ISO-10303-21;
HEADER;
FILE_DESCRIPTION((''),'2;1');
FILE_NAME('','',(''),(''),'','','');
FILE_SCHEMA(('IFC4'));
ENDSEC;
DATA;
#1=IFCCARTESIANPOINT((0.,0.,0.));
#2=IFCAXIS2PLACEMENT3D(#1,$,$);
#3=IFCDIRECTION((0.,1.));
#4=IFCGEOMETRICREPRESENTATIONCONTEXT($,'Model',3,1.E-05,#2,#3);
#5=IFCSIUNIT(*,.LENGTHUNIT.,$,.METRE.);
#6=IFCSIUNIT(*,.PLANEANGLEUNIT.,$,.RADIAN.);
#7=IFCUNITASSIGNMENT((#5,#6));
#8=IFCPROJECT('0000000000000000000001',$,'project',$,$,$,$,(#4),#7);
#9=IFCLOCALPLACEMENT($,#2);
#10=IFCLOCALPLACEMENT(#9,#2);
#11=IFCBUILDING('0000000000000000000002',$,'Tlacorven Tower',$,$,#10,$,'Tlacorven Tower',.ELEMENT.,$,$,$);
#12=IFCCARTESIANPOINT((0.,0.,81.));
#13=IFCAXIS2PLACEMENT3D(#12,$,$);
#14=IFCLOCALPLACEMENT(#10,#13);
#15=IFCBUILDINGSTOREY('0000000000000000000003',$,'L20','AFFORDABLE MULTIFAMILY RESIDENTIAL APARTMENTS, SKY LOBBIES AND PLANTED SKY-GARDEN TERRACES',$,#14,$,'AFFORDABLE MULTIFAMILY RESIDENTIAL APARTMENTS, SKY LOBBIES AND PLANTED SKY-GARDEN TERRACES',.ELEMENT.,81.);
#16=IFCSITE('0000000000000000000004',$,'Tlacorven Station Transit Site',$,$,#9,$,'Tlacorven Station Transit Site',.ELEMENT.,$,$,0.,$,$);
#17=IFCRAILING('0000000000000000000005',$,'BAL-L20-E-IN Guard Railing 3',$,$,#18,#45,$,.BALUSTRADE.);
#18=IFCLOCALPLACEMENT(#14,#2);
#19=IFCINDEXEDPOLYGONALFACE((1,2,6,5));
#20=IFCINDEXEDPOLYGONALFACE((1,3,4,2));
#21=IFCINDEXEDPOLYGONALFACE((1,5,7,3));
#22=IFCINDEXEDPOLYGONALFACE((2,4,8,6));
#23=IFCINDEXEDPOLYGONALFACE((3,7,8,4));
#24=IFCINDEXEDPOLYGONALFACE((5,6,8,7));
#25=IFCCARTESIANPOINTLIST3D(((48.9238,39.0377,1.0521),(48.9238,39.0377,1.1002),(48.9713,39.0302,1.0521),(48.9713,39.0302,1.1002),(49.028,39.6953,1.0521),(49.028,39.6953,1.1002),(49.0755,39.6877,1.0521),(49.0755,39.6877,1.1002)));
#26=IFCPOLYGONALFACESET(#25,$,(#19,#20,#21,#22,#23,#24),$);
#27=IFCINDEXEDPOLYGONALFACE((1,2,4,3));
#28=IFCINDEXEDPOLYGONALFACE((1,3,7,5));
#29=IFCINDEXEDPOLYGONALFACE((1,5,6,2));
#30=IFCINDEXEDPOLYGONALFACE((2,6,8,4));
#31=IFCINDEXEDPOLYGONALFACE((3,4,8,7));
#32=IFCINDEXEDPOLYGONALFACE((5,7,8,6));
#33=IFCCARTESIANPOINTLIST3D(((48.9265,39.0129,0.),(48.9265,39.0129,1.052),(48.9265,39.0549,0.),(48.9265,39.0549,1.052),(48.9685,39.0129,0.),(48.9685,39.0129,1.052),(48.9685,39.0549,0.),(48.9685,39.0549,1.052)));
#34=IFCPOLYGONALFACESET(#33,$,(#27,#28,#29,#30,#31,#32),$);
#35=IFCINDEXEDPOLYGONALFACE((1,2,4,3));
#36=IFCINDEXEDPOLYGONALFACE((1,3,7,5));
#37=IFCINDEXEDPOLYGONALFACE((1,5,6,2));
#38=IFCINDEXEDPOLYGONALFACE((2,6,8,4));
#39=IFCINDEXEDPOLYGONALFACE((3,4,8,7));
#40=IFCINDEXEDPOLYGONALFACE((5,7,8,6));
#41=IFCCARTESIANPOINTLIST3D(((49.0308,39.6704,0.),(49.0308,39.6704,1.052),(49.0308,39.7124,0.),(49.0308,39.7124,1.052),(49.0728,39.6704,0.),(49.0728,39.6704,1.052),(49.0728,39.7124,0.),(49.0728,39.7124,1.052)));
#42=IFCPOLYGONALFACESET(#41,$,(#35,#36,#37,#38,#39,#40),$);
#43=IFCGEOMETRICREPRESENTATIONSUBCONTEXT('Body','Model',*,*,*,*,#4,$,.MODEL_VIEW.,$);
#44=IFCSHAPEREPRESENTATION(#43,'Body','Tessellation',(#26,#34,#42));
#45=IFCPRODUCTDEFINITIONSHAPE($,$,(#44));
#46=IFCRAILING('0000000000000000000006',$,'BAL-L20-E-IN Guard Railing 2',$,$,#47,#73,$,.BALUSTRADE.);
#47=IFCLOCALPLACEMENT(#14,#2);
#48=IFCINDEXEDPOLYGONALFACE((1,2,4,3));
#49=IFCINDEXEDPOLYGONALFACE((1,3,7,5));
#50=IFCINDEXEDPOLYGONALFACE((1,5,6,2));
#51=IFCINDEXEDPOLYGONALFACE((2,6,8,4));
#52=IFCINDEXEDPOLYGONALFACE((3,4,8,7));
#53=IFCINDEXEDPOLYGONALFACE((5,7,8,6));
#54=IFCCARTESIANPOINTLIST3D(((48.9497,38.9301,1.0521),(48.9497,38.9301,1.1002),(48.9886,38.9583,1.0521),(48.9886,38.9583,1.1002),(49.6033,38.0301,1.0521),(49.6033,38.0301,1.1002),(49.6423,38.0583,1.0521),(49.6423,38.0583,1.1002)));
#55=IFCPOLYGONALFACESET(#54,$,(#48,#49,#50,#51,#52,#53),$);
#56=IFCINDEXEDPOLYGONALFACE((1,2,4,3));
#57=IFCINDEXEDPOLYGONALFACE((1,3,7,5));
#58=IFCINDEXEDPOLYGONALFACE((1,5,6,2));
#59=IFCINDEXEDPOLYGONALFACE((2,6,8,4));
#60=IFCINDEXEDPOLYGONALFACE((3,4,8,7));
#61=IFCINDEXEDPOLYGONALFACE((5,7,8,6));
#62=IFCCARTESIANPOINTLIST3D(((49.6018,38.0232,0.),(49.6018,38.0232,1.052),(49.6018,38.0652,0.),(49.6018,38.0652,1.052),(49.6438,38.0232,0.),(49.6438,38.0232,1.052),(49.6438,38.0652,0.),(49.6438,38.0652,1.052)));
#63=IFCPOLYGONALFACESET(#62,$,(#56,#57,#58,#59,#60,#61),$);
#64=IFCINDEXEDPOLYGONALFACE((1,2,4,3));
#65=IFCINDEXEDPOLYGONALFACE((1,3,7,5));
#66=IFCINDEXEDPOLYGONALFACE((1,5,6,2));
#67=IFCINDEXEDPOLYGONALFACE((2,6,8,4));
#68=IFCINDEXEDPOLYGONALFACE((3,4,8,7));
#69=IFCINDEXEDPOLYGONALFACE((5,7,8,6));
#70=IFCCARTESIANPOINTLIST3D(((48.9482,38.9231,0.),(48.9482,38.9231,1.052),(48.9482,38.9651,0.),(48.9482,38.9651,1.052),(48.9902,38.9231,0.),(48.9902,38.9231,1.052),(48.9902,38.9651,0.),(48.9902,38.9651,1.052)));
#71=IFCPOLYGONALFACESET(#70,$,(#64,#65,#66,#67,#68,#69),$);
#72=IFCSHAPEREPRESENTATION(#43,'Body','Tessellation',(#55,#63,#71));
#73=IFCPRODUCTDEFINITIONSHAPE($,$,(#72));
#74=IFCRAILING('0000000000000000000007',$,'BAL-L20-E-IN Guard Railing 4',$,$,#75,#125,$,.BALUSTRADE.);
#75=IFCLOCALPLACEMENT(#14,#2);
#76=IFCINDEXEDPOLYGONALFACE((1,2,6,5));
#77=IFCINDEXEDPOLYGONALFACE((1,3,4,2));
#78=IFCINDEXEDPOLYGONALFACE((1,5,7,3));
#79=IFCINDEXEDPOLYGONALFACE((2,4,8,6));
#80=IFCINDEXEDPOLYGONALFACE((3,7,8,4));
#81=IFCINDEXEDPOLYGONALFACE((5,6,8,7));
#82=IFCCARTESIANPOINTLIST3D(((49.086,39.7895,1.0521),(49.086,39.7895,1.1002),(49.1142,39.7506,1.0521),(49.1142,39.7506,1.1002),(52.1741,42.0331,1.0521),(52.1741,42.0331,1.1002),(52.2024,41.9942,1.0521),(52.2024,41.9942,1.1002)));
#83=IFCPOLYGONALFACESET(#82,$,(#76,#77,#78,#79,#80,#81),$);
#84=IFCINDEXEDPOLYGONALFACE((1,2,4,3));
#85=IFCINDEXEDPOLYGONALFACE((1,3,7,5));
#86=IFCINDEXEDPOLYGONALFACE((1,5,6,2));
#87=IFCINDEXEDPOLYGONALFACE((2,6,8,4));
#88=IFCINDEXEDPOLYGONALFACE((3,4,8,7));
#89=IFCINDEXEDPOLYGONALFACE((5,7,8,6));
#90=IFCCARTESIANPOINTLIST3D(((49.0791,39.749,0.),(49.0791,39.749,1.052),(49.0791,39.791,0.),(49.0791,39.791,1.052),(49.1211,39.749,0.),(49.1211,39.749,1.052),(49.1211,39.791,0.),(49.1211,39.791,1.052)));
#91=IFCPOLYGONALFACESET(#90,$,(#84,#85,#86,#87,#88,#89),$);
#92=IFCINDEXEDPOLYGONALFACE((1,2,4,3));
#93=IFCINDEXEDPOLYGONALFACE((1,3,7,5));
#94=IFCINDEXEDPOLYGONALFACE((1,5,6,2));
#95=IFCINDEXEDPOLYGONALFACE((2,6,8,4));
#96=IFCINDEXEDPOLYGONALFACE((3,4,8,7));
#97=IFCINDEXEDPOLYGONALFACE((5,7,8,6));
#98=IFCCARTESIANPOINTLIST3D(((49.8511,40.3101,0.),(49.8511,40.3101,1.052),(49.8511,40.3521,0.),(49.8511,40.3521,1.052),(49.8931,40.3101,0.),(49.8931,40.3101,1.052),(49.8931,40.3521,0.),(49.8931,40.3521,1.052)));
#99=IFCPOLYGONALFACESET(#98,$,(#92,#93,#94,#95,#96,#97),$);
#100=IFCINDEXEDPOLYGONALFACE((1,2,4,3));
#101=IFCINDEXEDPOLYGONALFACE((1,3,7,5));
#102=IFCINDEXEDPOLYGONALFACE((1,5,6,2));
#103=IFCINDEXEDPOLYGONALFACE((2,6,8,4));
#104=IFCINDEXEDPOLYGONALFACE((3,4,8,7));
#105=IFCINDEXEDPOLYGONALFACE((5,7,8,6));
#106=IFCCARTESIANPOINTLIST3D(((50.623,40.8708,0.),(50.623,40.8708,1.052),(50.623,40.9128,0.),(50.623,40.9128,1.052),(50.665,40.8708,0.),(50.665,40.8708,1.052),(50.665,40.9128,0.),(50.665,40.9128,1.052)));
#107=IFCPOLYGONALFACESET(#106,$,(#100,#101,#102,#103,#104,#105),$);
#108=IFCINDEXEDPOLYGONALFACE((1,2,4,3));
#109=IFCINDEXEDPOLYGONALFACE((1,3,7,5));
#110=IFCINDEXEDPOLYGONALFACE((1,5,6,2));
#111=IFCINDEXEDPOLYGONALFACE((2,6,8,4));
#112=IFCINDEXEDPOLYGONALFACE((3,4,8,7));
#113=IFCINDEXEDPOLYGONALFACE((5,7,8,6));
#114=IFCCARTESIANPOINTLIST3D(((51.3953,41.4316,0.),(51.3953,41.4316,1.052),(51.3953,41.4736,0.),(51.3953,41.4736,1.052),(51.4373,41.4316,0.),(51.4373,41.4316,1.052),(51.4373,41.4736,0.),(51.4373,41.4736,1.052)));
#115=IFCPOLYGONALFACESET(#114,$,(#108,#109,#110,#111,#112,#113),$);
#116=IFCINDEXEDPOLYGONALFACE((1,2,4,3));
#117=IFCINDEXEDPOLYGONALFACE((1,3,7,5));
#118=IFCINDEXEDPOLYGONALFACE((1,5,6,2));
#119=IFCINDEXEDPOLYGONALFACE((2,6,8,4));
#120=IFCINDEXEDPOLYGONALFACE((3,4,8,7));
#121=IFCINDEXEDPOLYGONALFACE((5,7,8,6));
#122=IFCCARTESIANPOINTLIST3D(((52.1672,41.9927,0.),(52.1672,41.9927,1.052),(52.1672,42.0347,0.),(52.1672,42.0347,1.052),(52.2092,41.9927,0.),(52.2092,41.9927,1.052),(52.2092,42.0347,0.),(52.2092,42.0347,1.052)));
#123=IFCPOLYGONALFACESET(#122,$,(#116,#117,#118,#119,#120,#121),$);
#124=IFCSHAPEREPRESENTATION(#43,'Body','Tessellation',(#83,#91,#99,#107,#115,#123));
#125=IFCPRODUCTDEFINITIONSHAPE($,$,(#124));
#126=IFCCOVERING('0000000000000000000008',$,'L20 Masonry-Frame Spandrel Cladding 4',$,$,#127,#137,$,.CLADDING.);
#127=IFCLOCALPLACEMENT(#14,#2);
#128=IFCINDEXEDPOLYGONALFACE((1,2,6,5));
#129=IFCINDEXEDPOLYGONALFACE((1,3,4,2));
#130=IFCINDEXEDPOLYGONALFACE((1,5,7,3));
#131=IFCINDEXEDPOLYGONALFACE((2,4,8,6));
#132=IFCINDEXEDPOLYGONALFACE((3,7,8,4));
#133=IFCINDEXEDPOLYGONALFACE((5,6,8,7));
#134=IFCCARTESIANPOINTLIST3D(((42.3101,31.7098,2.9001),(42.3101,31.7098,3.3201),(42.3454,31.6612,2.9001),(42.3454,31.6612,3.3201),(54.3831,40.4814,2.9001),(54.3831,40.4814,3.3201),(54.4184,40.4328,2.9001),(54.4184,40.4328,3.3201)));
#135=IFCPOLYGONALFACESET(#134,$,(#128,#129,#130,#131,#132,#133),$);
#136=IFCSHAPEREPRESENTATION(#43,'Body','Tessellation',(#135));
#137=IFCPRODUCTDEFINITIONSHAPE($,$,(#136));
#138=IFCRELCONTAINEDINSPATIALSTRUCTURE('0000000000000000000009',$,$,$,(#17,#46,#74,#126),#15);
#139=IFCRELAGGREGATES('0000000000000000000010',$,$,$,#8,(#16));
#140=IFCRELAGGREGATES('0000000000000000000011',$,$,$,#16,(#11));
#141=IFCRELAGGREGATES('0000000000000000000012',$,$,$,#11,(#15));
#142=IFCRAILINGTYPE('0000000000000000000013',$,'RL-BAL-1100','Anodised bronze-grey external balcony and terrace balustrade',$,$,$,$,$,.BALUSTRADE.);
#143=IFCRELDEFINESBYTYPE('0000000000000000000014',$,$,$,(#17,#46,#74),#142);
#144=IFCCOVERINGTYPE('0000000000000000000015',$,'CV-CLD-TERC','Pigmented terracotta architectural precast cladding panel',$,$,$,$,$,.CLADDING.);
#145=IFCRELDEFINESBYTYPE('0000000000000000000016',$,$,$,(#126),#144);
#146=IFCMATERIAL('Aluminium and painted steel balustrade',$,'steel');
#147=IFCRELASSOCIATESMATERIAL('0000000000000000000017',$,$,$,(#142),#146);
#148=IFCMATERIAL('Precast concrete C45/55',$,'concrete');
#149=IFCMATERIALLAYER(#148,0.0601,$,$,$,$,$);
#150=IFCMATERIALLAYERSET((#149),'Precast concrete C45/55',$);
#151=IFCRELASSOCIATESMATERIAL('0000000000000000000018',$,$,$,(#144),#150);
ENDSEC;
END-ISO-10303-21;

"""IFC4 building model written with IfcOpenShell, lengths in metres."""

from ifc_helpers import new_model, si_unit, direction, frame, origin, origin_2d, place, context, subcontext, project, spatial, rectangle, extrude, source, transform, mapped, material, layer, layer_set, type_object, element, save


model = new_model("IFC4")

# Units and contexts
model_context = context("Model", 3, precision=1e-05, world=origin(), true_north=direction((0.0, 1.0)))
body_context = subcontext(model_context, "Body", "Model", "MODEL_VIEW")
ifc_project = project(units=[si_unit("LENGTHUNIT", "METRE"), si_unit("PLANEANGLEUNIT", "RADIAN")], contexts=[model_context])

# Site, building, storey
site_placement = place(None, origin())
site = spatial("IfcSite", under=ifc_project, at=site_placement, Name="Tlacorven Station Transit Site", LongName="Tlacorven Station Transit Site", CompositionType="ELEMENT", RefElevation=0.0)
building_placement = place(site_placement, origin())
building = spatial("IfcBuilding", under=site, at=building_placement, Name="Tlacorven Tower", LongName="Tlacorven Tower", CompositionType="ELEMENT")
storey_placement = place(building_placement, frame((0.0, 0.0, 81.0)))
storey = spatial("IfcBuildingStorey", under=building, at=storey_placement, Name="L20", Description="AFFORDABLE MULTIFAMILY RESIDENTIAL APARTMENTS, SKY LOBBIES AND PLANTED SKY-GARDEN TERRACES", LongName="AFFORDABLE MULTIFAMILY RESIDENTIAL APARTMENTS, SKY LOBBIES AND PLANTED SKY-GARDEN TERRACES", CompositionType="ELEMENT", Elevation=81.0)

# Shared definitions
ifc_material_1 = material(Name="Precast concrete C45/55", Category="concrete")

# Railings
ifc_material_2 = material(Name="Aluminium and painted steel balustrade", Category="steel")
railing_type = type_object("IfcRailingType", Name="RL-BAL-1100", Description="Anodised bronze-grey external balcony and terrace balustrade", PredefinedType="BALUSTRADE", material=ifc_material_2)
shared_shape_1 = source(origin(), body_context, "Body", "SweptSolid", [
    extrude(rectangle(XDim=0.0481, YDim=0.0481, at=origin_2d()), frame((0.0, 0.0, 1.0762), z_axis=(0.156603, 0.987662, 0.0), x_axis=(-0.987662, 0.156603, 0.0)), (0.0, 0.0, 1.0), 0.6658),
    extrude(rectangle(XDim=0.042, YDim=0.042, at=origin_2d()), origin(), (0.0, 0.0, 1.0), 1.052),
    extrude(rectangle(XDim=0.042, YDim=0.042, at=origin_2d()), frame((0.1042, 0.6575, 0.0)), (0.0, 0.0, 1.0), 1.052),
])
railing_1_placement = place(storey_placement, frame((48.9475, 39.0339, 0.0)))
element("IfcRailing", 1, at=railing_1_placement, inside=storey, type_object=railing_type, Name="BAL-L20-E-IN Guard Railing 3", PredefinedType="BALUSTRADE", context=body_context, shape_type="MappedRepresentation", body=[
    mapped(shared_shape_1, transform((0.0, 0.0, 0.0), scale=1.0)),
])
shared_shape_2 = source(origin(), body_context, "Body", "SweptSolid", [
    extrude(rectangle(XDim=0.0481, YDim=0.0481, at=origin_2d()), frame((0.0, 0.0, 1.0762), z_axis=(-0.587636, 0.809125, 0.0), x_axis=(-0.809125, -0.587636, 0.0)), (0.0, 0.0, 1.0), 1.1123),
    extrude(rectangle(XDim=0.042, YDim=0.042, at=origin_2d()), origin(), (0.0, 0.0, 1.0), 1.052),
    extrude(rectangle(XDim=0.042, YDim=0.042, at=origin_2d()), frame((-0.6536, 0.8999, 0.0)), (0.0, 0.0, 1.0), 1.052),
])
railing_2_placement = place(storey_placement, frame((49.6228, 38.0442, 0.0)))
element("IfcRailing", 2, at=railing_2_placement, inside=storey, type_object=railing_type, Name="BAL-L20-E-IN Guard Railing 2", PredefinedType="BALUSTRADE", context=body_context, shape_type="MappedRepresentation", body=[
    mapped(shared_shape_2, transform((0.0, 0.0, 0.0), scale=1.0)),
])
shared_shape_3 = source(origin(), body_context, "Body", "SweptSolid", [
    extrude(rectangle(XDim=0.0481, YDim=0.0481, at=origin_2d()), frame((0.0, 0.0, 1.0762), z_axis=(0.809018, 0.587784, 0.0), x_axis=(-0.587784, 0.809018, 0.0)), (0.0, 0.0, 1.0), 3.8171),
    extrude(rectangle(XDim=0.042, YDim=0.042, at=origin_2d()), origin(), (0.0, 0.0, 1.0), 1.052),
    extrude(rectangle(XDim=0.042, YDim=0.042, at=origin_2d()), frame((0.772, 0.561, 0.0)), (0.0, 0.0, 1.0), 1.052),
    extrude(rectangle(XDim=0.042, YDim=0.042, at=origin_2d()), frame((1.5439, 1.1218, 0.0)), (0.0, 0.0, 1.0), 1.052),
    extrude(rectangle(XDim=0.042, YDim=0.042, at=origin_2d()), frame((2.3162, 1.6826, 0.0)), (0.0, 0.0, 1.0), 1.052),
    extrude(rectangle(XDim=0.042, YDim=0.042, at=origin_2d()), frame((3.0881, 2.2437, 0.0)), (0.0, 0.0, 1.0), 1.052),
])
railing_3_placement = place(storey_placement, frame((49.1001, 39.77, 0.0)))
element("IfcRailing", 3, at=railing_3_placement, inside=storey, type_object=railing_type, Name="BAL-L20-E-IN Guard Railing 4", PredefinedType="BALUSTRADE", context=body_context, shape_type="MappedRepresentation", body=[
    mapped(shared_shape_3, transform((0.0, 0.0, 0.0), scale=1.0)),
])

# Covering
ifc_layer_1 = layer(ifc_material_1, 0.0601)
ifc_layer_set_1 = layer_set([ifc_layer_1], Name="Precast concrete C45/55")
covering_type = type_object("IfcCoveringType", Name="CV-CLD-TERC", Description="Pigmented terracotta architectural precast cladding panel", PredefinedType="CLADDING", material=ifc_layer_set_1)
shared_shape_4 = source(origin(), body_context, "Body", "SweptSolid", [
    extrude(rectangle(XDim=14.9231, YDim=0.0601, at=origin_2d()), origin(), (0.0, 0.0, 1.0), 0.4199),
])
covering_placement = place(storey_placement, frame((48.3643, 36.0713, 2.9001), z_axis=(0.0, 0.0, 1.0), x_axis=(0.809017, 0.587786, 0.0)))
element("IfcCovering", 4, at=covering_placement, inside=storey, type_object=covering_type, Name="L20 Masonry-Frame Spandrel Cladding 4", PredefinedType="CLADDING", context=body_context, shape_type="MappedRepresentation", body=[
    mapped(shared_shape_4, transform((0.0, 0.0, 0.0), scale=1.0)),
])

save(model, "model.ifc")
